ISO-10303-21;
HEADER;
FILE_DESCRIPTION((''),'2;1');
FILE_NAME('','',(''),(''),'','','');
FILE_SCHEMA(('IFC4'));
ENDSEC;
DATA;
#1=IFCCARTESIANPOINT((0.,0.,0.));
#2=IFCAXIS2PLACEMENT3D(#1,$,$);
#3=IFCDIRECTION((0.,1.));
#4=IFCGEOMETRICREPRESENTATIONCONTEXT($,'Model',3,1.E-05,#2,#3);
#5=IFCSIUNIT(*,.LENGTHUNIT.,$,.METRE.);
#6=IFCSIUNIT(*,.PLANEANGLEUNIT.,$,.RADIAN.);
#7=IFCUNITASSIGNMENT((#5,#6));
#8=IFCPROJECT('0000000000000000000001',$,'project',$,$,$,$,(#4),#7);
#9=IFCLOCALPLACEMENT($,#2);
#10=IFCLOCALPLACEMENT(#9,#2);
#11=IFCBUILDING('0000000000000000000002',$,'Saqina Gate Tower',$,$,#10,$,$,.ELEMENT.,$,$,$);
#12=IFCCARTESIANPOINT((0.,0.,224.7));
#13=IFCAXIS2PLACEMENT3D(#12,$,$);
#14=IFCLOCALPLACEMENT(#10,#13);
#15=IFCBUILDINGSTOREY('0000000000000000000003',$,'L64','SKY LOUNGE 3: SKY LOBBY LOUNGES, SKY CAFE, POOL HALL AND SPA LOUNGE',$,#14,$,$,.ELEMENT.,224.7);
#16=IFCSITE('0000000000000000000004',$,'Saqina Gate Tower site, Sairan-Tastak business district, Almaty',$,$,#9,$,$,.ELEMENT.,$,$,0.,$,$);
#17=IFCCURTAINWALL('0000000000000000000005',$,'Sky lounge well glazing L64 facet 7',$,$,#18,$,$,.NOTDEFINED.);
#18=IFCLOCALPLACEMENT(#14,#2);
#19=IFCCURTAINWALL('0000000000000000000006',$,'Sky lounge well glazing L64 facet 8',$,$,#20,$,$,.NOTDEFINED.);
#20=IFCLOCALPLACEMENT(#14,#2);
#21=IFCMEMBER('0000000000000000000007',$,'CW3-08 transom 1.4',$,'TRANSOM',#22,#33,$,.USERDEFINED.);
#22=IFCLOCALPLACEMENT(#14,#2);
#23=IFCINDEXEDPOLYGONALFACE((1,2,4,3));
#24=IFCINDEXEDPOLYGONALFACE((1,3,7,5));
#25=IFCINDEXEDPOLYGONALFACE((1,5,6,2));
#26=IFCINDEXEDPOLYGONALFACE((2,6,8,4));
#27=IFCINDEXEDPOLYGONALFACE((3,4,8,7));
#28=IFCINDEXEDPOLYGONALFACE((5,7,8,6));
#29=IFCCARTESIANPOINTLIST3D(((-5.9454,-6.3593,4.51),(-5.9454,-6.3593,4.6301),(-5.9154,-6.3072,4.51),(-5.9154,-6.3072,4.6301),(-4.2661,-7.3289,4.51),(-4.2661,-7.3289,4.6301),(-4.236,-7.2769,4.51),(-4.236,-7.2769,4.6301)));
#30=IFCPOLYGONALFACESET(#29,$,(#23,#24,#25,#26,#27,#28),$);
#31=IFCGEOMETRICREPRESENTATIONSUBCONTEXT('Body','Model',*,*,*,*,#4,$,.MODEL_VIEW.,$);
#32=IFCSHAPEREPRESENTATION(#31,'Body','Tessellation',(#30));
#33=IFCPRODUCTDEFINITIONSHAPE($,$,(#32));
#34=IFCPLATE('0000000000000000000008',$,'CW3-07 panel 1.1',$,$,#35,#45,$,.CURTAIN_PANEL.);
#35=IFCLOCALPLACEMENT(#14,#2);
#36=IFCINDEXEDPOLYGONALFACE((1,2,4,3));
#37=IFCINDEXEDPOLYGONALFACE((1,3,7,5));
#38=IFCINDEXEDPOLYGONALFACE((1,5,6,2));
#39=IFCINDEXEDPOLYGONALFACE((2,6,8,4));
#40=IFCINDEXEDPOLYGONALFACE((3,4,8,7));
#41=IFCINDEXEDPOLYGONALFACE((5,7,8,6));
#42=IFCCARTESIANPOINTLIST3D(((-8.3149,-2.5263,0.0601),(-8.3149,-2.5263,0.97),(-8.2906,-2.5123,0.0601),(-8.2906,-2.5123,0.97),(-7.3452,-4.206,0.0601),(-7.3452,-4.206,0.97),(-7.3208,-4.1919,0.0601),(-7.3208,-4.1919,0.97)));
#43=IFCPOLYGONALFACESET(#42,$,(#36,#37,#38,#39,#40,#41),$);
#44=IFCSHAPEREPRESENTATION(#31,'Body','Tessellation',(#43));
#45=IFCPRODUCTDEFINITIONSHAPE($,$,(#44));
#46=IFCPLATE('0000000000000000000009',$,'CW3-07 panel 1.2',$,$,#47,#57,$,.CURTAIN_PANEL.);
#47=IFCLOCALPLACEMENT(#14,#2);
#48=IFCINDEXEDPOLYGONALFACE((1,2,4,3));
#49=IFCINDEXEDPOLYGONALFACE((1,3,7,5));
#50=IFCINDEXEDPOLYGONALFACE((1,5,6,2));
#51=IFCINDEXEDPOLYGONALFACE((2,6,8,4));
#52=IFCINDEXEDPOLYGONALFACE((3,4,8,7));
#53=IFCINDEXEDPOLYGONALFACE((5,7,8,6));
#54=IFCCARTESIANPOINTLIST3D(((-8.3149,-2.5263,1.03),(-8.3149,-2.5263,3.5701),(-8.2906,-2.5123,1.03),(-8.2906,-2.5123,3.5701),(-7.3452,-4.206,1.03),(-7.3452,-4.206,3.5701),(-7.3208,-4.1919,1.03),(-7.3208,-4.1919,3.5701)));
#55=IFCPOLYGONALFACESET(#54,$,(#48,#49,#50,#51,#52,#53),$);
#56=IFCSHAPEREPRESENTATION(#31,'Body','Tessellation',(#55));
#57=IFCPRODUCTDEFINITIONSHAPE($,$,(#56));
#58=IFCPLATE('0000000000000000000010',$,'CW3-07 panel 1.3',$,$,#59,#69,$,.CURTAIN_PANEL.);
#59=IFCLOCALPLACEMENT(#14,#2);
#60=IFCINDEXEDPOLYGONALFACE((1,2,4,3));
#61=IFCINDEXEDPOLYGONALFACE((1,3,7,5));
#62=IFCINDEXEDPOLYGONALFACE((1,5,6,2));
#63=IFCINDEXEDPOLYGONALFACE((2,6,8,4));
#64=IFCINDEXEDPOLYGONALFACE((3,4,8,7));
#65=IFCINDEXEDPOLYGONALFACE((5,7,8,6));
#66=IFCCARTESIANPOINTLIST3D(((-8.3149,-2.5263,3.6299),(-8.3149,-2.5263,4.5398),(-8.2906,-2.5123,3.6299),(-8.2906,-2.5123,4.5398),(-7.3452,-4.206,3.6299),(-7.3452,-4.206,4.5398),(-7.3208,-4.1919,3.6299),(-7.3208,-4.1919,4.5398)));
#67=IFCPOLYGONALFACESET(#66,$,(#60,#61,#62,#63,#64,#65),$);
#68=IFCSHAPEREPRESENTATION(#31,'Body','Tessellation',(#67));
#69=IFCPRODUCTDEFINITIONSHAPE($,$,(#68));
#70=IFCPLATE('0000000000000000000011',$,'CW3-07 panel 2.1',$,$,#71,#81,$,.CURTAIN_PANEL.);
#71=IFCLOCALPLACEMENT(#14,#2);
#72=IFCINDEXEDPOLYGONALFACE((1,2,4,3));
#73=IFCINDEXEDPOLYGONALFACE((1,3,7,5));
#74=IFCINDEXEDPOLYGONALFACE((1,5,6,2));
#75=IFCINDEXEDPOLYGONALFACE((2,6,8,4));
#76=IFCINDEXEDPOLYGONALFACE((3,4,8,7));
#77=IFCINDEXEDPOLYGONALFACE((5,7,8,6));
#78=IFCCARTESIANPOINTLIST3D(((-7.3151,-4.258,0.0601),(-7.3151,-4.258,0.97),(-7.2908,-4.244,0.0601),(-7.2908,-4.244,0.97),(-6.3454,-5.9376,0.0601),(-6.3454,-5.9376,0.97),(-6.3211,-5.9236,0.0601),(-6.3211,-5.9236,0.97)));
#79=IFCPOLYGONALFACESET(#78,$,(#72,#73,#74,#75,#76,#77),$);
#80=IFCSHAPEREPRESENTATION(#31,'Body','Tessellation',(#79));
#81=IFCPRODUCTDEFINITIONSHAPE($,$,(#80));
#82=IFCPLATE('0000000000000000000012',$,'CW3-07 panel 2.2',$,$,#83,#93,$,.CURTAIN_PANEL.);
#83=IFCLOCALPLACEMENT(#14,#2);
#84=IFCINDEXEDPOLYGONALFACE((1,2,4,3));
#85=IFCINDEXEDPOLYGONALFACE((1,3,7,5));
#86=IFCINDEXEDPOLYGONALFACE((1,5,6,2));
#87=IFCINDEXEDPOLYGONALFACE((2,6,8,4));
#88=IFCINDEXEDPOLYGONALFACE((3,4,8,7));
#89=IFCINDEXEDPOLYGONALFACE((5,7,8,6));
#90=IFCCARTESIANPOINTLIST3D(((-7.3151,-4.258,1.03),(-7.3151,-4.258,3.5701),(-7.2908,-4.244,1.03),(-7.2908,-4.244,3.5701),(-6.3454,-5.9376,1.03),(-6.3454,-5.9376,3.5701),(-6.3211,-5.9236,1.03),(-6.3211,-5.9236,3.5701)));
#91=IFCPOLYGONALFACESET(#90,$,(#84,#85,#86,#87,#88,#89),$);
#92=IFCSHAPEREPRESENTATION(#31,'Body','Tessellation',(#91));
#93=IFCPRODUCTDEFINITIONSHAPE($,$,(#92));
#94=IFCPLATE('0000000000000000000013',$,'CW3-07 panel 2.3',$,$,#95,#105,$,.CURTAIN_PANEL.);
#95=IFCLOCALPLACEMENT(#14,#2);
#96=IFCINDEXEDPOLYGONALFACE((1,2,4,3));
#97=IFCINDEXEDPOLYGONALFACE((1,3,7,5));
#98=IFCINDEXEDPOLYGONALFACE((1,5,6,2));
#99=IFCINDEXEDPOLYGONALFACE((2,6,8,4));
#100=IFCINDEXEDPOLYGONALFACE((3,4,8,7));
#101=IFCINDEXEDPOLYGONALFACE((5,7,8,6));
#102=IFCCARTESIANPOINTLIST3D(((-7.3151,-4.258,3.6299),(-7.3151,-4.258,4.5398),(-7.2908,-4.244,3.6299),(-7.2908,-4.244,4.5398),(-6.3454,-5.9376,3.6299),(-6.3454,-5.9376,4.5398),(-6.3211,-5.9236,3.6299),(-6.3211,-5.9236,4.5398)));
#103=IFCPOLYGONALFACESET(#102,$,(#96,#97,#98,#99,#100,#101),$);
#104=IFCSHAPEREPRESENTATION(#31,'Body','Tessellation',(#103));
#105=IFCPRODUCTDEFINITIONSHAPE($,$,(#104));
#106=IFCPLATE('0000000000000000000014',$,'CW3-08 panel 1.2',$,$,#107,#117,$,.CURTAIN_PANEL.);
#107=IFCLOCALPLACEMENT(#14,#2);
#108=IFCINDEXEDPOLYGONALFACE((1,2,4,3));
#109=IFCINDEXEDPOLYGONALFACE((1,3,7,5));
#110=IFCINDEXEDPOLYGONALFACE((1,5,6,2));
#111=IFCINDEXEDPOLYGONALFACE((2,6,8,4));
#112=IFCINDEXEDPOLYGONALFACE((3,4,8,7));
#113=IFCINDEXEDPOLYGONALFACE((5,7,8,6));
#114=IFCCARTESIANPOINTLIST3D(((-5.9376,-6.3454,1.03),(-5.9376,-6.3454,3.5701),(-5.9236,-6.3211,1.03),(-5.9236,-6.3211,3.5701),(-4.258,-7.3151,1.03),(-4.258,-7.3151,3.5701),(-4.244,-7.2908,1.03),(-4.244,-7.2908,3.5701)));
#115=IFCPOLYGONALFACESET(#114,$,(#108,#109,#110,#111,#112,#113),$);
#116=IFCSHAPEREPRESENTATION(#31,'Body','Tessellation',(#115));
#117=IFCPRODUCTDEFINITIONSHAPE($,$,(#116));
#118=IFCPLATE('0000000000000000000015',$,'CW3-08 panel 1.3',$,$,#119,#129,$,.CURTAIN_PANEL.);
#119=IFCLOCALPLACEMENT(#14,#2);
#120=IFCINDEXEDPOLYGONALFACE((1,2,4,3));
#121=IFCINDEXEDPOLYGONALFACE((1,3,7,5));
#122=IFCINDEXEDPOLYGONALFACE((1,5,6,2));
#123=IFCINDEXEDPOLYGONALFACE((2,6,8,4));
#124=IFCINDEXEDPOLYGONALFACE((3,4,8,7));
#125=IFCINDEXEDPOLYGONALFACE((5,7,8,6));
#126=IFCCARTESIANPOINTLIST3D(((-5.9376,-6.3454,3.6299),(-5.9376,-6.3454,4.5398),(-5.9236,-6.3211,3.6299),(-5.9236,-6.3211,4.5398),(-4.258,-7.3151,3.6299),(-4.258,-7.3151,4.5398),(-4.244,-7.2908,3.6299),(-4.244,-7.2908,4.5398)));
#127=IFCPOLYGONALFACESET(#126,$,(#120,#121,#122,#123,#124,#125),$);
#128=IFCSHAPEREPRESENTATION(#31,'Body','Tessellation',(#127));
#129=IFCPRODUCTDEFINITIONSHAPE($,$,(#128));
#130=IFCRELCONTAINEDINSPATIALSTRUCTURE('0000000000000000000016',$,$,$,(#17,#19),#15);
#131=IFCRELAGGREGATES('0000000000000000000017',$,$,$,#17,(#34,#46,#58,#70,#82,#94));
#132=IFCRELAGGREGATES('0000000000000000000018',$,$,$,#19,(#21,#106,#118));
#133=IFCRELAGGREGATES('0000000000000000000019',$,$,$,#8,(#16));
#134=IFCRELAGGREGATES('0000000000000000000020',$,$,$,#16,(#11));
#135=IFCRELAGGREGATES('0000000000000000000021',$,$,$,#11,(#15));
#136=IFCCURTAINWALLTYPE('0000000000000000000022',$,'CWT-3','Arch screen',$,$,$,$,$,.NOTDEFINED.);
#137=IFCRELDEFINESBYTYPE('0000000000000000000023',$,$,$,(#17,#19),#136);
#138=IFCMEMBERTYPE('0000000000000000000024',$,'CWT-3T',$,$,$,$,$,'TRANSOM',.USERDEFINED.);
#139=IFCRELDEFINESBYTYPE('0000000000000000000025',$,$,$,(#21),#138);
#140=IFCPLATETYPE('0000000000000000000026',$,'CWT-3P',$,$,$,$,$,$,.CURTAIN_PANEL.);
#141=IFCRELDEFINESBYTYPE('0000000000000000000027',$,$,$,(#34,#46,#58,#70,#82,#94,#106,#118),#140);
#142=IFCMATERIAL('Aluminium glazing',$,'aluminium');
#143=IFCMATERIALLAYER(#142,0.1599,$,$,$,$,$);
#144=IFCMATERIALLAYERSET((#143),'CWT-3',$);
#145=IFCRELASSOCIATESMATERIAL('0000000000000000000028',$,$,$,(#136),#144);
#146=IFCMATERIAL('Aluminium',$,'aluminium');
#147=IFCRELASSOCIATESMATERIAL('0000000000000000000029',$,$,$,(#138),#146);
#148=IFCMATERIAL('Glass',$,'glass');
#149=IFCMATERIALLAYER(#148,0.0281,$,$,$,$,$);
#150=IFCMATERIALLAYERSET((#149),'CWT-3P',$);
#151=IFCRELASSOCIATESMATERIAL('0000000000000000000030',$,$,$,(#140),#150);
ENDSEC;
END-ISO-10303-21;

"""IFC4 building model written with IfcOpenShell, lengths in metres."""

from ifc_helpers import new_model, si_unit, direction, frame, origin, origin_2d, place, context, subcontext, project, spatial, rectangle, extrude, material, layer, layer_set, material_profile, profile_set, type_object, element, aggregate, save


model = new_model("IFC4")

# Units and contexts
model_context = context("Model", 3, precision=1e-05, world=origin(), true_north=direction((0.0, 1.0)))
body_context = subcontext(model_context, "Body", "Model", "MODEL_VIEW")
ifc_project = project(units=[si_unit("LENGTHUNIT", "METRE"), si_unit("PLANEANGLEUNIT", "RADIAN")], contexts=[model_context])

# Site, building, storey
site_placement = place(None, origin())
site = spatial("IfcSite", under=ifc_project, at=site_placement, Name="Saqina Gate Tower site, Sairan-Tastak business district, Almaty", CompositionType="ELEMENT", RefElevation=0.0)
building_placement = place(site_placement, origin())
building = spatial("IfcBuilding", under=site, at=building_placement, Name="Saqina Gate Tower", CompositionType="ELEMENT")
storey_placement = place(building_placement, frame((0.0, 0.0, 224.7)))
storey = spatial("IfcBuildingStorey", under=building, at=storey_placement, Name="L64", Description="SKY LOUNGE 3: SKY LOBBY LOUNGES, SKY CAFE, POOL HALL AND SPA LOUNGE", CompositionType="ELEMENT", Elevation=224.7)

# Curtain wall
ifc_material_1 = material(Name="Aluminium glazing", Category="aluminium")
ifc_layer_1 = layer(ifc_material_1, 0.1599)
ifc_layer_set_1 = layer_set([ifc_layer_1], Name="CWT-3")
curtain_wall_type = type_object("IfcCurtainWallType", Name="CWT-3", Description="Arch screen", PredefinedType="NOTDEFINED", material=ifc_layer_set_1)
curtain_wall_1_placement = place(storey_placement, origin())
curtain_wall_1 = element("IfcCurtainWall", 1, at=curtain_wall_1_placement, inside=storey, type_object=curtain_wall_type, Name="Sky lounge well glazing L64 facet 7", PredefinedType="NOTDEFINED")

# Curtain wall
curtain_wall_2_placement = place(storey_placement, origin())
curtain_wall_2 = element("IfcCurtainWall", 2, at=curtain_wall_2_placement, inside=storey, type_object=curtain_wall_type, Name="Sky lounge well glazing L64 facet 8", PredefinedType="NOTDEFINED")

# Member
ifc_material_2 = material(Name="Aluminium", Category="aluminium")
ifc_material_profile_1 = material_profile(ifc_material_2, rectangle(XDim=0.0601, YDim=0.1201, at=origin_2d()), Name="Aluminium 60x120")
ifc_profile_set_1 = profile_set([ifc_material_profile_1], Name="Aluminium")
member_type_1 = type_object("IfcMemberType", Name="CWT-3T", ElementType="TRANSOM", PredefinedType="USERDEFINED", material=ifc_profile_set_1)
member_1_placement = place(storey_placement, frame((-5.9304, -6.3333, 4.5701), z_axis=(0.866003, -0.500038, 0.0), x_axis=(0.500038, 0.866003, 0.0)))
member_1 = element("IfcMember", 3, at=member_1_placement, type_object=member_type_1, Name="CW3-08 transom 1.4", ObjectType="TRANSOM", PredefinedType="USERDEFINED", context=body_context, shape_type="SweptSolid", body=[
    extrude(rectangle(XDim=0.0601, YDim=0.1201, at=origin_2d()), origin(), (0.0, 0.0, 1.0), 1.9392),
])

# Plates
ifc_material_3 = material(Name="Glass", Category="glass")
ifc_layer_2 = layer(ifc_material_3, 0.0281)
ifc_layer_set_2 = layer_set([ifc_layer_2], Name="CWT-3P")
plate_type = type_object("IfcPlateType", Name="CWT-3P", PredefinedType="CURTAIN_PANEL", material=ifc_layer_set_2)
plate_1_placement = place(storey_placement, frame((-7.8179, -3.3591, 0.0601), z_axis=(0.0, 0.0, 1.0), x_axis=(0.500003, -0.866024, 0.0)))
plate_1 = element("IfcPlate", 4, at=plate_1_placement, type_object=plate_type, Name="CW3-07 panel 1.1", PredefinedType="CURTAIN_PANEL", context=body_context, shape_type="SweptSolid", body=[
    extrude(rectangle(XDim=1.9395, YDim=0.0281, at=origin_2d()), origin(), (0.0, 0.0, 1.0), 0.9099),
])
plate_2_placement = place(storey_placement, frame((-7.8179, -3.3591, 1.03), z_axis=(0.0, 0.0, 1.0), x_axis=(0.500003, -0.866024, 0.0)))
plate_2 = element("IfcPlate", 5, at=plate_2_placement, type_object=plate_type, Name="CW3-07 panel 1.2", PredefinedType="CURTAIN_PANEL", context=body_context, shape_type="SweptSolid", body=[
    extrude(rectangle(XDim=1.9395, YDim=0.0281, at=origin_2d()), origin(), (0.0, 0.0, 1.0), 2.54),
])
plate_3_placement = place(storey_placement, frame((-7.8179, -3.3591, 3.6299), z_axis=(0.0, 0.0, 1.0), x_axis=(0.500003, -0.866024, 0.0)))
plate_3 = element("IfcPlate", 6, at=plate_3_placement, type_object=plate_type, Name="CW3-07 panel 1.3", PredefinedType="CURTAIN_PANEL", context=body_context, shape_type="SweptSolid", body=[
    extrude(rectangle(XDim=1.9395, YDim=0.0281, at=origin_2d()), origin(), (0.0, 0.0, 1.0), 0.9099),
])
plate_4_placement = place(storey_placement, frame((-6.8181, -5.0908, 0.0601), z_axis=(0.0, 0.0, 1.0), x_axis=(0.500003, -0.866024, 0.0)))
plate_4 = element("IfcPlate", 7, at=plate_4_placement, type_object=plate_type, Name="CW3-07 panel 2.1", PredefinedType="CURTAIN_PANEL", context=body_context, shape_type="SweptSolid", body=[
    extrude(rectangle(XDim=1.9395, YDim=0.0281, at=origin_2d()), origin(), (0.0, 0.0, 1.0), 0.9099),
])
plate_5_placement = place(storey_placement, frame((-6.8181, -5.0908, 1.03), z_axis=(0.0, 0.0, 1.0), x_axis=(0.500003, -0.866024, 0.0)))
plate_5 = element("IfcPlate", 8, at=plate_5_placement, type_object=plate_type, Name="CW3-07 panel 2.2", PredefinedType="CURTAIN_PANEL", context=body_context, shape_type="SweptSolid", body=[
    extrude(rectangle(XDim=1.9395, YDim=0.0281, at=origin_2d()), origin(), (0.0, 0.0, 1.0), 2.54),
])
plate_6_placement = place(storey_placement, frame((-6.8181, -5.0908, 3.6299), z_axis=(0.0, 0.0, 1.0), x_axis=(0.500003, -0.866024, 0.0)))
plate_6 = element("IfcPlate", 9, at=plate_6_placement, type_object=plate_type, Name="CW3-07 panel 2.3", PredefinedType="CURTAIN_PANEL", context=body_context, shape_type="SweptSolid", body=[
    extrude(rectangle(XDim=1.9395, YDim=0.0281, at=origin_2d()), origin(), (0.0, 0.0, 1.0), 0.9099),
])
aggregate(curtain_wall_1, [plate_1, plate_2, plate_3, plate_4, plate_5, plate_6])
plate_7_placement = place(storey_placement, frame((-5.0908, -6.8181, 1.03), z_axis=(0.0, 0.0, 1.0), x_axis=(0.866024, -0.500003, 0.0)))
plate_7 = element("IfcPlate", 10, at=plate_7_placement, type_object=plate_type, Name="CW3-08 panel 1.2", PredefinedType="CURTAIN_PANEL", context=body_context, shape_type="SweptSolid", body=[
    extrude(rectangle(XDim=1.9395, YDim=0.0281, at=origin_2d()), origin(), (0.0, 0.0, 1.0), 2.54),
])
plate_8_placement = place(storey_placement, frame((-5.0908, -6.8181, 3.6299), z_axis=(0.0, 0.0, 1.0), x_axis=(0.866024, -0.500003, 0.0)))
plate_8 = element("IfcPlate", 11, at=plate_8_placement, type_object=plate_type, Name="CW3-08 panel 1.3", PredefinedType="CURTAIN_PANEL", context=body_context, shape_type="SweptSolid", body=[
    extrude(rectangle(XDim=1.9395, YDim=0.0281, at=origin_2d()), origin(), (0.0, 0.0, 1.0), 0.9099),
])
aggregate(curtain_wall_2, [member_1, plate_7, plate_8])

save(model, "model.ifc")
